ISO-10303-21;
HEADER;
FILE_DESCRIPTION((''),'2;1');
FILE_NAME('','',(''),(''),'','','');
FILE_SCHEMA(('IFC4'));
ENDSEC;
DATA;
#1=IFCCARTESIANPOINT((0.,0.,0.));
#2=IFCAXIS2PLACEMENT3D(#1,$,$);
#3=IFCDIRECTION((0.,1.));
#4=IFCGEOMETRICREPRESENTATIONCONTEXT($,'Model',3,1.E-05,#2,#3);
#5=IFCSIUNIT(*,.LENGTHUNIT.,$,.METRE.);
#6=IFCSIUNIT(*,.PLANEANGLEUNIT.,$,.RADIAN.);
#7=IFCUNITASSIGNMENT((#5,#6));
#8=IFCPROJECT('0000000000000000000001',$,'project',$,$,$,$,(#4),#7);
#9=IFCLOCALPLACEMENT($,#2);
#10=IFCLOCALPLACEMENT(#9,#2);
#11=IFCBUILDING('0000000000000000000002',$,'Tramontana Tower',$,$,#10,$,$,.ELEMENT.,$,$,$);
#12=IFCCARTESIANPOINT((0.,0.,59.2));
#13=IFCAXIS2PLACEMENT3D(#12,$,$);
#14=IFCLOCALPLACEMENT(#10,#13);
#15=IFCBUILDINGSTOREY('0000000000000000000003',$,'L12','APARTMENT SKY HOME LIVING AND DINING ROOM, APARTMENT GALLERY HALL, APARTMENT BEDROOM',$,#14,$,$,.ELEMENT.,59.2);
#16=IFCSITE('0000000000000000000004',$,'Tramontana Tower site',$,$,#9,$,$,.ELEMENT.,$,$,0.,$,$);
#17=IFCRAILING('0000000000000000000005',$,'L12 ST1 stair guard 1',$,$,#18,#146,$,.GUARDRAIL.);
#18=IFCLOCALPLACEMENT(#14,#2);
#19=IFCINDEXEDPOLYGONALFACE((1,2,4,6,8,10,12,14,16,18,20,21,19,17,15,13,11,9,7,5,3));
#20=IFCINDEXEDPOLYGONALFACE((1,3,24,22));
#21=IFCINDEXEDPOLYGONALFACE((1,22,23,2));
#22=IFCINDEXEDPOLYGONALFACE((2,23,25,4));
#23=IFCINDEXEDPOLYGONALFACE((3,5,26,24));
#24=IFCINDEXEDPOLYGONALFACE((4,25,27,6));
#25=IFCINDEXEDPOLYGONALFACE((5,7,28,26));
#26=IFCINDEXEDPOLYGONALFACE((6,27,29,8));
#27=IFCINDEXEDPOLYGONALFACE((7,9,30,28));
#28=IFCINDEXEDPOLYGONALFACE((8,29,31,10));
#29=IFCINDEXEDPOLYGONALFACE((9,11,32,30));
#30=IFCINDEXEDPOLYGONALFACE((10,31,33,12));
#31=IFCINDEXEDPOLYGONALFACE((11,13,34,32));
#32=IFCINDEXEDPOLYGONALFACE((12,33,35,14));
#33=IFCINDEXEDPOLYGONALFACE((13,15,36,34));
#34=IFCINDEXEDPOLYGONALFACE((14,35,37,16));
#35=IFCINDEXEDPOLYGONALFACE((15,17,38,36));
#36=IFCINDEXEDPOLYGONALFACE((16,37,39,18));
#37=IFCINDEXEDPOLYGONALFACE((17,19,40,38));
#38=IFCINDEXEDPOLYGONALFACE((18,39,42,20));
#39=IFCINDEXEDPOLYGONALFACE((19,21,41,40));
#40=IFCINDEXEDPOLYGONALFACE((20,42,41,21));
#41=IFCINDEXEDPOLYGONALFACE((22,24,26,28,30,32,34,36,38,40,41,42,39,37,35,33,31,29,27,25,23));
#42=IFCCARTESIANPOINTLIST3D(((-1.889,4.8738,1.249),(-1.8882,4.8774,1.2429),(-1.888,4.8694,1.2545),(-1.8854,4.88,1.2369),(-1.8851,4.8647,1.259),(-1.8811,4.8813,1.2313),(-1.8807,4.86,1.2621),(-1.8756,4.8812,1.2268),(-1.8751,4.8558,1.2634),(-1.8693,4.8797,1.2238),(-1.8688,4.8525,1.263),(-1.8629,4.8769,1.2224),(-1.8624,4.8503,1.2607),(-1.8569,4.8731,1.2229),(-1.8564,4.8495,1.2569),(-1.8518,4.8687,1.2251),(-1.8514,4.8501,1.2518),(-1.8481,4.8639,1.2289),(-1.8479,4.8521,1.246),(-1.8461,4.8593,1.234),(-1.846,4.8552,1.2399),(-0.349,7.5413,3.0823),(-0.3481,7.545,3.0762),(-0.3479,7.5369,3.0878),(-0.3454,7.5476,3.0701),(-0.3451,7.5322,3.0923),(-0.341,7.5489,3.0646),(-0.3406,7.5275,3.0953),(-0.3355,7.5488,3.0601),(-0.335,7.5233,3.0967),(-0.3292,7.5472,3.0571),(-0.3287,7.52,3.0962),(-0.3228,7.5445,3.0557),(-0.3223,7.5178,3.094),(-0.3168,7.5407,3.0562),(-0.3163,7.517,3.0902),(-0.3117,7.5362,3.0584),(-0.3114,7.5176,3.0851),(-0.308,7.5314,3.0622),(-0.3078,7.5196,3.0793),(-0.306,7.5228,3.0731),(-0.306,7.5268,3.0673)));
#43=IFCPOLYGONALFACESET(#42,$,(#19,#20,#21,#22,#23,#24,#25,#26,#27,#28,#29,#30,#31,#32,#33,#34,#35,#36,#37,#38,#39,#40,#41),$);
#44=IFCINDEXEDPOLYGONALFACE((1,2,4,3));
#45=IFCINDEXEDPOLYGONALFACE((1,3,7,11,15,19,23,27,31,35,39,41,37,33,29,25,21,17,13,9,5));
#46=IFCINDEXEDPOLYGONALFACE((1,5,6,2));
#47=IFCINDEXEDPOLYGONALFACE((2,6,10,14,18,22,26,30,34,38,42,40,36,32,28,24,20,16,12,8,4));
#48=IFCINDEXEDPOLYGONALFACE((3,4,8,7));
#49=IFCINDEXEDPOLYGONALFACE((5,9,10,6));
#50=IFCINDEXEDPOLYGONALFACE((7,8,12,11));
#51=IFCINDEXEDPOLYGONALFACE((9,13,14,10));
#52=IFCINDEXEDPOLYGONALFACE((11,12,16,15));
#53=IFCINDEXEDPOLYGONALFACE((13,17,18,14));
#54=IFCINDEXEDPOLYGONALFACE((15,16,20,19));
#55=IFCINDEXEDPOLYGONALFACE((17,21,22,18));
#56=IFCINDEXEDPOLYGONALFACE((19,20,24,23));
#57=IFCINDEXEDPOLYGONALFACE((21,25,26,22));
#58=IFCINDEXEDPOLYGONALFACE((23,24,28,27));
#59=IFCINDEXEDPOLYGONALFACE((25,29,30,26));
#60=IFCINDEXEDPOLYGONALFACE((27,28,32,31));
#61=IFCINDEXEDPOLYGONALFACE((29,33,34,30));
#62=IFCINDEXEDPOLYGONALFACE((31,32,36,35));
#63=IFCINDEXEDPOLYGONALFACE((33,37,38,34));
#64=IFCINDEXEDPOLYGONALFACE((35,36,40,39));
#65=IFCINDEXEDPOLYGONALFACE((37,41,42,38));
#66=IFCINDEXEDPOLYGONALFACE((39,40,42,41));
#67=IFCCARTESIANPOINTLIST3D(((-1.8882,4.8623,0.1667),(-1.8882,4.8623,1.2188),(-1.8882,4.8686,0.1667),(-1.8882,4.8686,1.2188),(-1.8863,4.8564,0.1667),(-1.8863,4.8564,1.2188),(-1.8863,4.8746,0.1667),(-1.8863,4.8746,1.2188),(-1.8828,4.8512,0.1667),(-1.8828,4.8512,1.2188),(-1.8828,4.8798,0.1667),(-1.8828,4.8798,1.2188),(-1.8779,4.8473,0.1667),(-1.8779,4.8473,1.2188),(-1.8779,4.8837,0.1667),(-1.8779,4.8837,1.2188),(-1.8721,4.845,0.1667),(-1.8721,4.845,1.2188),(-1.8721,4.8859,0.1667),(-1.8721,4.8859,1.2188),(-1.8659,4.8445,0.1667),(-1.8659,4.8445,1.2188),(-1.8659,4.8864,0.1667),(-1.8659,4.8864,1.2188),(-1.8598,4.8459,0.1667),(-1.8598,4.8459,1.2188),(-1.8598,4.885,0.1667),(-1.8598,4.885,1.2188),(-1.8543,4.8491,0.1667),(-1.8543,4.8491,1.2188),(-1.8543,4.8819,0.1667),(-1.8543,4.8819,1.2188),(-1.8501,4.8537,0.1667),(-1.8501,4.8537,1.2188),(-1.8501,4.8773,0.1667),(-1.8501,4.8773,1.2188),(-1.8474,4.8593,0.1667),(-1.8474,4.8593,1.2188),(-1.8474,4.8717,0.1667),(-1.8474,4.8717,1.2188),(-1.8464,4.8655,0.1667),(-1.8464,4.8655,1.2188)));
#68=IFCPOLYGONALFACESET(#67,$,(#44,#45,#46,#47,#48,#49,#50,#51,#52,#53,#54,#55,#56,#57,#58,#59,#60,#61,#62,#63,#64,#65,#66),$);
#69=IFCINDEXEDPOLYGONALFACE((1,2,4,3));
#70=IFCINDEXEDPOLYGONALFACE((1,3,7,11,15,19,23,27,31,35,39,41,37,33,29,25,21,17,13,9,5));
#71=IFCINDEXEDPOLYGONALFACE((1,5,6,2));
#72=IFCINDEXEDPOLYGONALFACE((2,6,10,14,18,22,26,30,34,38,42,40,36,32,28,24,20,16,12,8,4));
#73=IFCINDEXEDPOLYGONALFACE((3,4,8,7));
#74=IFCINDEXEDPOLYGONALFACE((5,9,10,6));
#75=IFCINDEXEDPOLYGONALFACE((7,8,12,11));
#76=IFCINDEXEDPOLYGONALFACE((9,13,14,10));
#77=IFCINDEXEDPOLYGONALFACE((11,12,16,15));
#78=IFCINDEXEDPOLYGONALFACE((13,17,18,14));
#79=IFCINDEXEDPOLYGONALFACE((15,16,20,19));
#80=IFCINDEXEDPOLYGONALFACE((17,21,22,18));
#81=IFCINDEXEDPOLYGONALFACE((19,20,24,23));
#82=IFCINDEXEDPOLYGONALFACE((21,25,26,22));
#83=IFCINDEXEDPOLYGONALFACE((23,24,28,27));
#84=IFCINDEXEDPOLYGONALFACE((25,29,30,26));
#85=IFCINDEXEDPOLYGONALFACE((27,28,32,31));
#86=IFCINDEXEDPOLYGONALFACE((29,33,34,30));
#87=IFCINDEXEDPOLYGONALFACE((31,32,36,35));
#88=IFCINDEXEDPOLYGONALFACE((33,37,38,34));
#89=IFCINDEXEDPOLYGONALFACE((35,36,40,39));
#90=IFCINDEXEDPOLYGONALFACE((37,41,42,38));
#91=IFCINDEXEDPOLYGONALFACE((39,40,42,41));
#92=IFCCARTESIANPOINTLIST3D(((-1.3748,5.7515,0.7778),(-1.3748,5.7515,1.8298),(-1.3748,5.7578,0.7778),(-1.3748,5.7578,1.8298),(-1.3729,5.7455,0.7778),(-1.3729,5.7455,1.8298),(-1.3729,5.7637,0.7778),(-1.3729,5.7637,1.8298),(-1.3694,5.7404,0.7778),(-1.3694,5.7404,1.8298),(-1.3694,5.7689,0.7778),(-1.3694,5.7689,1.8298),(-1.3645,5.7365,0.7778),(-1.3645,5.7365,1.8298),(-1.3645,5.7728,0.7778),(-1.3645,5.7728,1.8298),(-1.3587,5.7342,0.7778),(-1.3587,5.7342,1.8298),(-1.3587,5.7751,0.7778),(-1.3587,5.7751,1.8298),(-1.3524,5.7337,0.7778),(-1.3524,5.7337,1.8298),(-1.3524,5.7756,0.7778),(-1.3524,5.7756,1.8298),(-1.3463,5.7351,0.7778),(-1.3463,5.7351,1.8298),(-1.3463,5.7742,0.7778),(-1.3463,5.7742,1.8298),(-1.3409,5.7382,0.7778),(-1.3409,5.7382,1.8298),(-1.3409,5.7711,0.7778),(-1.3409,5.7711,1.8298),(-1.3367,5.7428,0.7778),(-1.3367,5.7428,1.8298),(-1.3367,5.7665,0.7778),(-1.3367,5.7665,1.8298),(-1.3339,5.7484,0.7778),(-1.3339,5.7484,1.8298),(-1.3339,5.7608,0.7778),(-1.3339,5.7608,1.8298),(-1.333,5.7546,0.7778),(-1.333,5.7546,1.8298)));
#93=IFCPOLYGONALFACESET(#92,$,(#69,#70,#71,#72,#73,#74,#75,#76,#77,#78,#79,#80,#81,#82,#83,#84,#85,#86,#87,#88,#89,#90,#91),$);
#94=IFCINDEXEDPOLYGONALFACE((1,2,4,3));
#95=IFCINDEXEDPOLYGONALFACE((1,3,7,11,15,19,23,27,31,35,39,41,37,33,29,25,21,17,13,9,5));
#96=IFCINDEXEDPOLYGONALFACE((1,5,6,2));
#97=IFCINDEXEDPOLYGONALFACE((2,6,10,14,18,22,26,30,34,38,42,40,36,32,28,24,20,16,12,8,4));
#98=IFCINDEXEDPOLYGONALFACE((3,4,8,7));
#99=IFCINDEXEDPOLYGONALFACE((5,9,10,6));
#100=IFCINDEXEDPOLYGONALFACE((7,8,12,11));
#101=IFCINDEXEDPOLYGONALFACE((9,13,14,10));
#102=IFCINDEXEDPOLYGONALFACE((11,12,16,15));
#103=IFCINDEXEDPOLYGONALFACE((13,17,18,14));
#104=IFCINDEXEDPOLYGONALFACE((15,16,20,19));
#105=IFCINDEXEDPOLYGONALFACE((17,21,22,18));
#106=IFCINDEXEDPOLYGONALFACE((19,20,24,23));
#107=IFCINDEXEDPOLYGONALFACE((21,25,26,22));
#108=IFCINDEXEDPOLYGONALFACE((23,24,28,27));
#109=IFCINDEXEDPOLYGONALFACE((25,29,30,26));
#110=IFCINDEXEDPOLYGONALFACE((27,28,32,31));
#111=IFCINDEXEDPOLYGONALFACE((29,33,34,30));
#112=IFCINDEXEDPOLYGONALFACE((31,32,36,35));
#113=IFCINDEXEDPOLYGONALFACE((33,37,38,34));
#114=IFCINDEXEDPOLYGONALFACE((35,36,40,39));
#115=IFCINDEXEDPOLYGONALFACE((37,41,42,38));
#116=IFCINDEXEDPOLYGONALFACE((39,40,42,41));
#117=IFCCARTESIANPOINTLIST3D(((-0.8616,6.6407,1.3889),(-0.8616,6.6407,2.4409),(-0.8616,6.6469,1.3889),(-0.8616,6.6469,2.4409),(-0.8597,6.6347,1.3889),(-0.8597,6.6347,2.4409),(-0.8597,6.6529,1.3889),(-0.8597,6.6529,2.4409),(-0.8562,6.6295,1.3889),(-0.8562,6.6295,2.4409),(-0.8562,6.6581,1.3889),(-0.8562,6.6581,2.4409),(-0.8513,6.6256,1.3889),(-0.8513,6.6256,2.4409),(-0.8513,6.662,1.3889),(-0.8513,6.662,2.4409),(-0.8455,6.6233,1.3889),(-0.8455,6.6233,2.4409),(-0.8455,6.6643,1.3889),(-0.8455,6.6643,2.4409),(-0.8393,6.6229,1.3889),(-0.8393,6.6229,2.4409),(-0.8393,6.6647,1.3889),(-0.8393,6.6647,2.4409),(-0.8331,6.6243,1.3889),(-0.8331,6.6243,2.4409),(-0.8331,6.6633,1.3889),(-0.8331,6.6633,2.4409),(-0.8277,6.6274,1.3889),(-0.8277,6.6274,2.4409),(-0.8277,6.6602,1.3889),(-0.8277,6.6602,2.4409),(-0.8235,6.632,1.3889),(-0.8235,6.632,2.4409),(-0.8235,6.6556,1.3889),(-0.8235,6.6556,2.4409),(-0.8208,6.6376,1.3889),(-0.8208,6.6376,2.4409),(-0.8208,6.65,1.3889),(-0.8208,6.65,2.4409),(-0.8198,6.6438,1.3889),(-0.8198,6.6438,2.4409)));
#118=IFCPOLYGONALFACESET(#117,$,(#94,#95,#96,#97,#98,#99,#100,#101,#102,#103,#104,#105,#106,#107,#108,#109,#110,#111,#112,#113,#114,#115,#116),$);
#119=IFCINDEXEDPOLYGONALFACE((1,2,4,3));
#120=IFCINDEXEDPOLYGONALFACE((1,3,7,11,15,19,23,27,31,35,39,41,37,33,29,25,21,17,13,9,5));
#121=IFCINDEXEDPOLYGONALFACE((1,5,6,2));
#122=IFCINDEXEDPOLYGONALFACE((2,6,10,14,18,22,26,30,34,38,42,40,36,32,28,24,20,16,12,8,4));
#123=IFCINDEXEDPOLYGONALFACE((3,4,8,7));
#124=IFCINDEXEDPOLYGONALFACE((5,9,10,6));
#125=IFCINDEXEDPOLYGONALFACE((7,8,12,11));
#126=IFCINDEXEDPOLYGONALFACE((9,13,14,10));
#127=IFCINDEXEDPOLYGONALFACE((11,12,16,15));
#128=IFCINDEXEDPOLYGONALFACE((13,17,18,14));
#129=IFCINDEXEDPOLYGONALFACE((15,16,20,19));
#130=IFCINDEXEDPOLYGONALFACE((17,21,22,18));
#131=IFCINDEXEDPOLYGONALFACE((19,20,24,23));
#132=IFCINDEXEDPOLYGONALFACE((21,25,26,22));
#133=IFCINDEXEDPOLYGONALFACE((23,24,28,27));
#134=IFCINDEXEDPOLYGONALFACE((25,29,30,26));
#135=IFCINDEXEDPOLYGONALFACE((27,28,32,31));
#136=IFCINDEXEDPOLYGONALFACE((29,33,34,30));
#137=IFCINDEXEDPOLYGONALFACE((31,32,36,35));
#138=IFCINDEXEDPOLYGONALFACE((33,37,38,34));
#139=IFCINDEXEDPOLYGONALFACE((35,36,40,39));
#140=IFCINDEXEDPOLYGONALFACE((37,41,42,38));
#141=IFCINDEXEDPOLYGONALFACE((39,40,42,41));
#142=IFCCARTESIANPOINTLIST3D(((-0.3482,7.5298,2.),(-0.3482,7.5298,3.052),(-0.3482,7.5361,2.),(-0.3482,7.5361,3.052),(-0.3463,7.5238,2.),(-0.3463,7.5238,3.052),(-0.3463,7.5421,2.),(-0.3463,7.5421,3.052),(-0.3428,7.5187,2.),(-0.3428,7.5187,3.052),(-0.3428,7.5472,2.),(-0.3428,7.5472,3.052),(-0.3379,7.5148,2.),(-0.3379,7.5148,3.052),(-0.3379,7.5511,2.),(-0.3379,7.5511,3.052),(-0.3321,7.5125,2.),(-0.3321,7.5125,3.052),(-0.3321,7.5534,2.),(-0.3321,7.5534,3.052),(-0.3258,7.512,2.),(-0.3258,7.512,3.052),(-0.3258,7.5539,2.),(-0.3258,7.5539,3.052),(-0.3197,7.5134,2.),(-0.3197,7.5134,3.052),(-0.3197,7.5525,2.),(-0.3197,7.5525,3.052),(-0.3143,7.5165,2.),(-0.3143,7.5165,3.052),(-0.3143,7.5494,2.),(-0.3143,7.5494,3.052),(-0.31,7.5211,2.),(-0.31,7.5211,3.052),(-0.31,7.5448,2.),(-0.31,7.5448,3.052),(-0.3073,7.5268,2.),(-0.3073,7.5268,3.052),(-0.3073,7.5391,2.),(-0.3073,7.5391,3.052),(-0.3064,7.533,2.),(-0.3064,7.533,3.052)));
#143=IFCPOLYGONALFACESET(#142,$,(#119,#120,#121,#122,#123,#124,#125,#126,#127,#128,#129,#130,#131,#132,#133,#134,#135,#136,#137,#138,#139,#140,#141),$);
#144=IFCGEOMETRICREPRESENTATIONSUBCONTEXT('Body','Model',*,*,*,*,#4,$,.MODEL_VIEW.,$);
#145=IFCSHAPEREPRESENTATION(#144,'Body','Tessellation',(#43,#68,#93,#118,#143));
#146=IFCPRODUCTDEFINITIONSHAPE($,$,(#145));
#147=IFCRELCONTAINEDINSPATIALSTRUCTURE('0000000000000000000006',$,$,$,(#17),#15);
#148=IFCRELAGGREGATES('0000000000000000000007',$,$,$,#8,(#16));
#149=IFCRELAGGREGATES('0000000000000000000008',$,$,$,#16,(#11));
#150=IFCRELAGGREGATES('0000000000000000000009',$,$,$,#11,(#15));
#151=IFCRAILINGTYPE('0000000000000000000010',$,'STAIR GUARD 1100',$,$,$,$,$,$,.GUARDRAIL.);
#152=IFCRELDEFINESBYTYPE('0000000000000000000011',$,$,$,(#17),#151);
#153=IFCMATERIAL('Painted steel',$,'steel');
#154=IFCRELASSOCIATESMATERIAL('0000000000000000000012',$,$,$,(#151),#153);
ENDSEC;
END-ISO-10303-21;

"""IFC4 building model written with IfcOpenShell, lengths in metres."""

from ifc_helpers import new_model, si_unit, direction, frame, origin, origin_2d, place, context, subcontext, project, spatial, circle, extrude, material, type_object, element, save


model = new_model("IFC4")

# Units and contexts
model_context = context("Model", 3, precision=1e-05, world=origin(), true_north=direction((0.0, 1.0)))
body_context = subcontext(model_context, "Body", "Model", "MODEL_VIEW")
ifc_project = project(units=[si_unit("LENGTHUNIT", "METRE"), si_unit("PLANEANGLEUNIT", "RADIAN")], contexts=[model_context])

# Site, building, storey
site_placement = place(None, origin())
site = spatial("IfcSite", under=ifc_project, at=site_placement, Name="Tramontana Tower site", CompositionType="ELEMENT", RefElevation=0.0)
building_placement = place(site_placement, origin())
building = spatial("IfcBuilding", under=site, at=building_placement, Name="Tramontana Tower", CompositionType="ELEMENT")
storey_placement = place(building_placement, frame((0.0, 0.0, 59.2)))
storey = spatial("IfcBuildingStorey", under=building, at=storey_placement, Name="L12", Description="APARTMENT SKY HOME LIVING AND DINING ROOM, APARTMENT GALLERY HALL, APARTMENT BEDROOM", CompositionType="ELEMENT", Elevation=59.2)

# Railing
ifc_material_1 = material(Name="Painted steel", Category="steel")
railing_type_1 = type_object("IfcRailingType", Name="STAIR GUARD 1100", PredefinedType="GUARDRAIL", material=ifc_material_1)
railing_1_placement = place(storey_placement, frame((-1.8674, 4.8655, 0.1667)))
element("IfcRailing", 1, at=railing_1_placement, inside=storey, type_object=railing_type_1, Name="L12 ST1 stair guard 1", PredefinedType="GUARDRAIL", context=body_context, shape_type="SweptSolid", body=[
    extrude(circle(Radius=0.0239, at=origin_2d()), frame((0.0, 0.0, 1.0762), z_axis=(0.429649, 0.74419, 0.511452), x_axis=(-0.86603, 0.499992, 0.0)), (0.0, 0.0, 1.0), 3.5845),
    extrude(circle(Radius=0.021, at=origin_2d()), origin(), (0.0, 0.0, 1.0), 1.052),
    extrude(circle(Radius=0.021, at=origin_2d()), frame((0.5134, 0.8892, 0.6111)), (0.0, 0.0, 1.0), 1.052),
    extrude(circle(Radius=0.021, at=origin_2d()), frame((1.0266, 1.7783, 1.2222)), (0.0, 0.0, 1.0), 1.052),
    extrude(circle(Radius=0.021, at=origin_2d()), frame((1.54, 2.6675, 1.8333)), (0.0, 0.0, 1.0), 1.052),
])

save(model, "model.ifc")
